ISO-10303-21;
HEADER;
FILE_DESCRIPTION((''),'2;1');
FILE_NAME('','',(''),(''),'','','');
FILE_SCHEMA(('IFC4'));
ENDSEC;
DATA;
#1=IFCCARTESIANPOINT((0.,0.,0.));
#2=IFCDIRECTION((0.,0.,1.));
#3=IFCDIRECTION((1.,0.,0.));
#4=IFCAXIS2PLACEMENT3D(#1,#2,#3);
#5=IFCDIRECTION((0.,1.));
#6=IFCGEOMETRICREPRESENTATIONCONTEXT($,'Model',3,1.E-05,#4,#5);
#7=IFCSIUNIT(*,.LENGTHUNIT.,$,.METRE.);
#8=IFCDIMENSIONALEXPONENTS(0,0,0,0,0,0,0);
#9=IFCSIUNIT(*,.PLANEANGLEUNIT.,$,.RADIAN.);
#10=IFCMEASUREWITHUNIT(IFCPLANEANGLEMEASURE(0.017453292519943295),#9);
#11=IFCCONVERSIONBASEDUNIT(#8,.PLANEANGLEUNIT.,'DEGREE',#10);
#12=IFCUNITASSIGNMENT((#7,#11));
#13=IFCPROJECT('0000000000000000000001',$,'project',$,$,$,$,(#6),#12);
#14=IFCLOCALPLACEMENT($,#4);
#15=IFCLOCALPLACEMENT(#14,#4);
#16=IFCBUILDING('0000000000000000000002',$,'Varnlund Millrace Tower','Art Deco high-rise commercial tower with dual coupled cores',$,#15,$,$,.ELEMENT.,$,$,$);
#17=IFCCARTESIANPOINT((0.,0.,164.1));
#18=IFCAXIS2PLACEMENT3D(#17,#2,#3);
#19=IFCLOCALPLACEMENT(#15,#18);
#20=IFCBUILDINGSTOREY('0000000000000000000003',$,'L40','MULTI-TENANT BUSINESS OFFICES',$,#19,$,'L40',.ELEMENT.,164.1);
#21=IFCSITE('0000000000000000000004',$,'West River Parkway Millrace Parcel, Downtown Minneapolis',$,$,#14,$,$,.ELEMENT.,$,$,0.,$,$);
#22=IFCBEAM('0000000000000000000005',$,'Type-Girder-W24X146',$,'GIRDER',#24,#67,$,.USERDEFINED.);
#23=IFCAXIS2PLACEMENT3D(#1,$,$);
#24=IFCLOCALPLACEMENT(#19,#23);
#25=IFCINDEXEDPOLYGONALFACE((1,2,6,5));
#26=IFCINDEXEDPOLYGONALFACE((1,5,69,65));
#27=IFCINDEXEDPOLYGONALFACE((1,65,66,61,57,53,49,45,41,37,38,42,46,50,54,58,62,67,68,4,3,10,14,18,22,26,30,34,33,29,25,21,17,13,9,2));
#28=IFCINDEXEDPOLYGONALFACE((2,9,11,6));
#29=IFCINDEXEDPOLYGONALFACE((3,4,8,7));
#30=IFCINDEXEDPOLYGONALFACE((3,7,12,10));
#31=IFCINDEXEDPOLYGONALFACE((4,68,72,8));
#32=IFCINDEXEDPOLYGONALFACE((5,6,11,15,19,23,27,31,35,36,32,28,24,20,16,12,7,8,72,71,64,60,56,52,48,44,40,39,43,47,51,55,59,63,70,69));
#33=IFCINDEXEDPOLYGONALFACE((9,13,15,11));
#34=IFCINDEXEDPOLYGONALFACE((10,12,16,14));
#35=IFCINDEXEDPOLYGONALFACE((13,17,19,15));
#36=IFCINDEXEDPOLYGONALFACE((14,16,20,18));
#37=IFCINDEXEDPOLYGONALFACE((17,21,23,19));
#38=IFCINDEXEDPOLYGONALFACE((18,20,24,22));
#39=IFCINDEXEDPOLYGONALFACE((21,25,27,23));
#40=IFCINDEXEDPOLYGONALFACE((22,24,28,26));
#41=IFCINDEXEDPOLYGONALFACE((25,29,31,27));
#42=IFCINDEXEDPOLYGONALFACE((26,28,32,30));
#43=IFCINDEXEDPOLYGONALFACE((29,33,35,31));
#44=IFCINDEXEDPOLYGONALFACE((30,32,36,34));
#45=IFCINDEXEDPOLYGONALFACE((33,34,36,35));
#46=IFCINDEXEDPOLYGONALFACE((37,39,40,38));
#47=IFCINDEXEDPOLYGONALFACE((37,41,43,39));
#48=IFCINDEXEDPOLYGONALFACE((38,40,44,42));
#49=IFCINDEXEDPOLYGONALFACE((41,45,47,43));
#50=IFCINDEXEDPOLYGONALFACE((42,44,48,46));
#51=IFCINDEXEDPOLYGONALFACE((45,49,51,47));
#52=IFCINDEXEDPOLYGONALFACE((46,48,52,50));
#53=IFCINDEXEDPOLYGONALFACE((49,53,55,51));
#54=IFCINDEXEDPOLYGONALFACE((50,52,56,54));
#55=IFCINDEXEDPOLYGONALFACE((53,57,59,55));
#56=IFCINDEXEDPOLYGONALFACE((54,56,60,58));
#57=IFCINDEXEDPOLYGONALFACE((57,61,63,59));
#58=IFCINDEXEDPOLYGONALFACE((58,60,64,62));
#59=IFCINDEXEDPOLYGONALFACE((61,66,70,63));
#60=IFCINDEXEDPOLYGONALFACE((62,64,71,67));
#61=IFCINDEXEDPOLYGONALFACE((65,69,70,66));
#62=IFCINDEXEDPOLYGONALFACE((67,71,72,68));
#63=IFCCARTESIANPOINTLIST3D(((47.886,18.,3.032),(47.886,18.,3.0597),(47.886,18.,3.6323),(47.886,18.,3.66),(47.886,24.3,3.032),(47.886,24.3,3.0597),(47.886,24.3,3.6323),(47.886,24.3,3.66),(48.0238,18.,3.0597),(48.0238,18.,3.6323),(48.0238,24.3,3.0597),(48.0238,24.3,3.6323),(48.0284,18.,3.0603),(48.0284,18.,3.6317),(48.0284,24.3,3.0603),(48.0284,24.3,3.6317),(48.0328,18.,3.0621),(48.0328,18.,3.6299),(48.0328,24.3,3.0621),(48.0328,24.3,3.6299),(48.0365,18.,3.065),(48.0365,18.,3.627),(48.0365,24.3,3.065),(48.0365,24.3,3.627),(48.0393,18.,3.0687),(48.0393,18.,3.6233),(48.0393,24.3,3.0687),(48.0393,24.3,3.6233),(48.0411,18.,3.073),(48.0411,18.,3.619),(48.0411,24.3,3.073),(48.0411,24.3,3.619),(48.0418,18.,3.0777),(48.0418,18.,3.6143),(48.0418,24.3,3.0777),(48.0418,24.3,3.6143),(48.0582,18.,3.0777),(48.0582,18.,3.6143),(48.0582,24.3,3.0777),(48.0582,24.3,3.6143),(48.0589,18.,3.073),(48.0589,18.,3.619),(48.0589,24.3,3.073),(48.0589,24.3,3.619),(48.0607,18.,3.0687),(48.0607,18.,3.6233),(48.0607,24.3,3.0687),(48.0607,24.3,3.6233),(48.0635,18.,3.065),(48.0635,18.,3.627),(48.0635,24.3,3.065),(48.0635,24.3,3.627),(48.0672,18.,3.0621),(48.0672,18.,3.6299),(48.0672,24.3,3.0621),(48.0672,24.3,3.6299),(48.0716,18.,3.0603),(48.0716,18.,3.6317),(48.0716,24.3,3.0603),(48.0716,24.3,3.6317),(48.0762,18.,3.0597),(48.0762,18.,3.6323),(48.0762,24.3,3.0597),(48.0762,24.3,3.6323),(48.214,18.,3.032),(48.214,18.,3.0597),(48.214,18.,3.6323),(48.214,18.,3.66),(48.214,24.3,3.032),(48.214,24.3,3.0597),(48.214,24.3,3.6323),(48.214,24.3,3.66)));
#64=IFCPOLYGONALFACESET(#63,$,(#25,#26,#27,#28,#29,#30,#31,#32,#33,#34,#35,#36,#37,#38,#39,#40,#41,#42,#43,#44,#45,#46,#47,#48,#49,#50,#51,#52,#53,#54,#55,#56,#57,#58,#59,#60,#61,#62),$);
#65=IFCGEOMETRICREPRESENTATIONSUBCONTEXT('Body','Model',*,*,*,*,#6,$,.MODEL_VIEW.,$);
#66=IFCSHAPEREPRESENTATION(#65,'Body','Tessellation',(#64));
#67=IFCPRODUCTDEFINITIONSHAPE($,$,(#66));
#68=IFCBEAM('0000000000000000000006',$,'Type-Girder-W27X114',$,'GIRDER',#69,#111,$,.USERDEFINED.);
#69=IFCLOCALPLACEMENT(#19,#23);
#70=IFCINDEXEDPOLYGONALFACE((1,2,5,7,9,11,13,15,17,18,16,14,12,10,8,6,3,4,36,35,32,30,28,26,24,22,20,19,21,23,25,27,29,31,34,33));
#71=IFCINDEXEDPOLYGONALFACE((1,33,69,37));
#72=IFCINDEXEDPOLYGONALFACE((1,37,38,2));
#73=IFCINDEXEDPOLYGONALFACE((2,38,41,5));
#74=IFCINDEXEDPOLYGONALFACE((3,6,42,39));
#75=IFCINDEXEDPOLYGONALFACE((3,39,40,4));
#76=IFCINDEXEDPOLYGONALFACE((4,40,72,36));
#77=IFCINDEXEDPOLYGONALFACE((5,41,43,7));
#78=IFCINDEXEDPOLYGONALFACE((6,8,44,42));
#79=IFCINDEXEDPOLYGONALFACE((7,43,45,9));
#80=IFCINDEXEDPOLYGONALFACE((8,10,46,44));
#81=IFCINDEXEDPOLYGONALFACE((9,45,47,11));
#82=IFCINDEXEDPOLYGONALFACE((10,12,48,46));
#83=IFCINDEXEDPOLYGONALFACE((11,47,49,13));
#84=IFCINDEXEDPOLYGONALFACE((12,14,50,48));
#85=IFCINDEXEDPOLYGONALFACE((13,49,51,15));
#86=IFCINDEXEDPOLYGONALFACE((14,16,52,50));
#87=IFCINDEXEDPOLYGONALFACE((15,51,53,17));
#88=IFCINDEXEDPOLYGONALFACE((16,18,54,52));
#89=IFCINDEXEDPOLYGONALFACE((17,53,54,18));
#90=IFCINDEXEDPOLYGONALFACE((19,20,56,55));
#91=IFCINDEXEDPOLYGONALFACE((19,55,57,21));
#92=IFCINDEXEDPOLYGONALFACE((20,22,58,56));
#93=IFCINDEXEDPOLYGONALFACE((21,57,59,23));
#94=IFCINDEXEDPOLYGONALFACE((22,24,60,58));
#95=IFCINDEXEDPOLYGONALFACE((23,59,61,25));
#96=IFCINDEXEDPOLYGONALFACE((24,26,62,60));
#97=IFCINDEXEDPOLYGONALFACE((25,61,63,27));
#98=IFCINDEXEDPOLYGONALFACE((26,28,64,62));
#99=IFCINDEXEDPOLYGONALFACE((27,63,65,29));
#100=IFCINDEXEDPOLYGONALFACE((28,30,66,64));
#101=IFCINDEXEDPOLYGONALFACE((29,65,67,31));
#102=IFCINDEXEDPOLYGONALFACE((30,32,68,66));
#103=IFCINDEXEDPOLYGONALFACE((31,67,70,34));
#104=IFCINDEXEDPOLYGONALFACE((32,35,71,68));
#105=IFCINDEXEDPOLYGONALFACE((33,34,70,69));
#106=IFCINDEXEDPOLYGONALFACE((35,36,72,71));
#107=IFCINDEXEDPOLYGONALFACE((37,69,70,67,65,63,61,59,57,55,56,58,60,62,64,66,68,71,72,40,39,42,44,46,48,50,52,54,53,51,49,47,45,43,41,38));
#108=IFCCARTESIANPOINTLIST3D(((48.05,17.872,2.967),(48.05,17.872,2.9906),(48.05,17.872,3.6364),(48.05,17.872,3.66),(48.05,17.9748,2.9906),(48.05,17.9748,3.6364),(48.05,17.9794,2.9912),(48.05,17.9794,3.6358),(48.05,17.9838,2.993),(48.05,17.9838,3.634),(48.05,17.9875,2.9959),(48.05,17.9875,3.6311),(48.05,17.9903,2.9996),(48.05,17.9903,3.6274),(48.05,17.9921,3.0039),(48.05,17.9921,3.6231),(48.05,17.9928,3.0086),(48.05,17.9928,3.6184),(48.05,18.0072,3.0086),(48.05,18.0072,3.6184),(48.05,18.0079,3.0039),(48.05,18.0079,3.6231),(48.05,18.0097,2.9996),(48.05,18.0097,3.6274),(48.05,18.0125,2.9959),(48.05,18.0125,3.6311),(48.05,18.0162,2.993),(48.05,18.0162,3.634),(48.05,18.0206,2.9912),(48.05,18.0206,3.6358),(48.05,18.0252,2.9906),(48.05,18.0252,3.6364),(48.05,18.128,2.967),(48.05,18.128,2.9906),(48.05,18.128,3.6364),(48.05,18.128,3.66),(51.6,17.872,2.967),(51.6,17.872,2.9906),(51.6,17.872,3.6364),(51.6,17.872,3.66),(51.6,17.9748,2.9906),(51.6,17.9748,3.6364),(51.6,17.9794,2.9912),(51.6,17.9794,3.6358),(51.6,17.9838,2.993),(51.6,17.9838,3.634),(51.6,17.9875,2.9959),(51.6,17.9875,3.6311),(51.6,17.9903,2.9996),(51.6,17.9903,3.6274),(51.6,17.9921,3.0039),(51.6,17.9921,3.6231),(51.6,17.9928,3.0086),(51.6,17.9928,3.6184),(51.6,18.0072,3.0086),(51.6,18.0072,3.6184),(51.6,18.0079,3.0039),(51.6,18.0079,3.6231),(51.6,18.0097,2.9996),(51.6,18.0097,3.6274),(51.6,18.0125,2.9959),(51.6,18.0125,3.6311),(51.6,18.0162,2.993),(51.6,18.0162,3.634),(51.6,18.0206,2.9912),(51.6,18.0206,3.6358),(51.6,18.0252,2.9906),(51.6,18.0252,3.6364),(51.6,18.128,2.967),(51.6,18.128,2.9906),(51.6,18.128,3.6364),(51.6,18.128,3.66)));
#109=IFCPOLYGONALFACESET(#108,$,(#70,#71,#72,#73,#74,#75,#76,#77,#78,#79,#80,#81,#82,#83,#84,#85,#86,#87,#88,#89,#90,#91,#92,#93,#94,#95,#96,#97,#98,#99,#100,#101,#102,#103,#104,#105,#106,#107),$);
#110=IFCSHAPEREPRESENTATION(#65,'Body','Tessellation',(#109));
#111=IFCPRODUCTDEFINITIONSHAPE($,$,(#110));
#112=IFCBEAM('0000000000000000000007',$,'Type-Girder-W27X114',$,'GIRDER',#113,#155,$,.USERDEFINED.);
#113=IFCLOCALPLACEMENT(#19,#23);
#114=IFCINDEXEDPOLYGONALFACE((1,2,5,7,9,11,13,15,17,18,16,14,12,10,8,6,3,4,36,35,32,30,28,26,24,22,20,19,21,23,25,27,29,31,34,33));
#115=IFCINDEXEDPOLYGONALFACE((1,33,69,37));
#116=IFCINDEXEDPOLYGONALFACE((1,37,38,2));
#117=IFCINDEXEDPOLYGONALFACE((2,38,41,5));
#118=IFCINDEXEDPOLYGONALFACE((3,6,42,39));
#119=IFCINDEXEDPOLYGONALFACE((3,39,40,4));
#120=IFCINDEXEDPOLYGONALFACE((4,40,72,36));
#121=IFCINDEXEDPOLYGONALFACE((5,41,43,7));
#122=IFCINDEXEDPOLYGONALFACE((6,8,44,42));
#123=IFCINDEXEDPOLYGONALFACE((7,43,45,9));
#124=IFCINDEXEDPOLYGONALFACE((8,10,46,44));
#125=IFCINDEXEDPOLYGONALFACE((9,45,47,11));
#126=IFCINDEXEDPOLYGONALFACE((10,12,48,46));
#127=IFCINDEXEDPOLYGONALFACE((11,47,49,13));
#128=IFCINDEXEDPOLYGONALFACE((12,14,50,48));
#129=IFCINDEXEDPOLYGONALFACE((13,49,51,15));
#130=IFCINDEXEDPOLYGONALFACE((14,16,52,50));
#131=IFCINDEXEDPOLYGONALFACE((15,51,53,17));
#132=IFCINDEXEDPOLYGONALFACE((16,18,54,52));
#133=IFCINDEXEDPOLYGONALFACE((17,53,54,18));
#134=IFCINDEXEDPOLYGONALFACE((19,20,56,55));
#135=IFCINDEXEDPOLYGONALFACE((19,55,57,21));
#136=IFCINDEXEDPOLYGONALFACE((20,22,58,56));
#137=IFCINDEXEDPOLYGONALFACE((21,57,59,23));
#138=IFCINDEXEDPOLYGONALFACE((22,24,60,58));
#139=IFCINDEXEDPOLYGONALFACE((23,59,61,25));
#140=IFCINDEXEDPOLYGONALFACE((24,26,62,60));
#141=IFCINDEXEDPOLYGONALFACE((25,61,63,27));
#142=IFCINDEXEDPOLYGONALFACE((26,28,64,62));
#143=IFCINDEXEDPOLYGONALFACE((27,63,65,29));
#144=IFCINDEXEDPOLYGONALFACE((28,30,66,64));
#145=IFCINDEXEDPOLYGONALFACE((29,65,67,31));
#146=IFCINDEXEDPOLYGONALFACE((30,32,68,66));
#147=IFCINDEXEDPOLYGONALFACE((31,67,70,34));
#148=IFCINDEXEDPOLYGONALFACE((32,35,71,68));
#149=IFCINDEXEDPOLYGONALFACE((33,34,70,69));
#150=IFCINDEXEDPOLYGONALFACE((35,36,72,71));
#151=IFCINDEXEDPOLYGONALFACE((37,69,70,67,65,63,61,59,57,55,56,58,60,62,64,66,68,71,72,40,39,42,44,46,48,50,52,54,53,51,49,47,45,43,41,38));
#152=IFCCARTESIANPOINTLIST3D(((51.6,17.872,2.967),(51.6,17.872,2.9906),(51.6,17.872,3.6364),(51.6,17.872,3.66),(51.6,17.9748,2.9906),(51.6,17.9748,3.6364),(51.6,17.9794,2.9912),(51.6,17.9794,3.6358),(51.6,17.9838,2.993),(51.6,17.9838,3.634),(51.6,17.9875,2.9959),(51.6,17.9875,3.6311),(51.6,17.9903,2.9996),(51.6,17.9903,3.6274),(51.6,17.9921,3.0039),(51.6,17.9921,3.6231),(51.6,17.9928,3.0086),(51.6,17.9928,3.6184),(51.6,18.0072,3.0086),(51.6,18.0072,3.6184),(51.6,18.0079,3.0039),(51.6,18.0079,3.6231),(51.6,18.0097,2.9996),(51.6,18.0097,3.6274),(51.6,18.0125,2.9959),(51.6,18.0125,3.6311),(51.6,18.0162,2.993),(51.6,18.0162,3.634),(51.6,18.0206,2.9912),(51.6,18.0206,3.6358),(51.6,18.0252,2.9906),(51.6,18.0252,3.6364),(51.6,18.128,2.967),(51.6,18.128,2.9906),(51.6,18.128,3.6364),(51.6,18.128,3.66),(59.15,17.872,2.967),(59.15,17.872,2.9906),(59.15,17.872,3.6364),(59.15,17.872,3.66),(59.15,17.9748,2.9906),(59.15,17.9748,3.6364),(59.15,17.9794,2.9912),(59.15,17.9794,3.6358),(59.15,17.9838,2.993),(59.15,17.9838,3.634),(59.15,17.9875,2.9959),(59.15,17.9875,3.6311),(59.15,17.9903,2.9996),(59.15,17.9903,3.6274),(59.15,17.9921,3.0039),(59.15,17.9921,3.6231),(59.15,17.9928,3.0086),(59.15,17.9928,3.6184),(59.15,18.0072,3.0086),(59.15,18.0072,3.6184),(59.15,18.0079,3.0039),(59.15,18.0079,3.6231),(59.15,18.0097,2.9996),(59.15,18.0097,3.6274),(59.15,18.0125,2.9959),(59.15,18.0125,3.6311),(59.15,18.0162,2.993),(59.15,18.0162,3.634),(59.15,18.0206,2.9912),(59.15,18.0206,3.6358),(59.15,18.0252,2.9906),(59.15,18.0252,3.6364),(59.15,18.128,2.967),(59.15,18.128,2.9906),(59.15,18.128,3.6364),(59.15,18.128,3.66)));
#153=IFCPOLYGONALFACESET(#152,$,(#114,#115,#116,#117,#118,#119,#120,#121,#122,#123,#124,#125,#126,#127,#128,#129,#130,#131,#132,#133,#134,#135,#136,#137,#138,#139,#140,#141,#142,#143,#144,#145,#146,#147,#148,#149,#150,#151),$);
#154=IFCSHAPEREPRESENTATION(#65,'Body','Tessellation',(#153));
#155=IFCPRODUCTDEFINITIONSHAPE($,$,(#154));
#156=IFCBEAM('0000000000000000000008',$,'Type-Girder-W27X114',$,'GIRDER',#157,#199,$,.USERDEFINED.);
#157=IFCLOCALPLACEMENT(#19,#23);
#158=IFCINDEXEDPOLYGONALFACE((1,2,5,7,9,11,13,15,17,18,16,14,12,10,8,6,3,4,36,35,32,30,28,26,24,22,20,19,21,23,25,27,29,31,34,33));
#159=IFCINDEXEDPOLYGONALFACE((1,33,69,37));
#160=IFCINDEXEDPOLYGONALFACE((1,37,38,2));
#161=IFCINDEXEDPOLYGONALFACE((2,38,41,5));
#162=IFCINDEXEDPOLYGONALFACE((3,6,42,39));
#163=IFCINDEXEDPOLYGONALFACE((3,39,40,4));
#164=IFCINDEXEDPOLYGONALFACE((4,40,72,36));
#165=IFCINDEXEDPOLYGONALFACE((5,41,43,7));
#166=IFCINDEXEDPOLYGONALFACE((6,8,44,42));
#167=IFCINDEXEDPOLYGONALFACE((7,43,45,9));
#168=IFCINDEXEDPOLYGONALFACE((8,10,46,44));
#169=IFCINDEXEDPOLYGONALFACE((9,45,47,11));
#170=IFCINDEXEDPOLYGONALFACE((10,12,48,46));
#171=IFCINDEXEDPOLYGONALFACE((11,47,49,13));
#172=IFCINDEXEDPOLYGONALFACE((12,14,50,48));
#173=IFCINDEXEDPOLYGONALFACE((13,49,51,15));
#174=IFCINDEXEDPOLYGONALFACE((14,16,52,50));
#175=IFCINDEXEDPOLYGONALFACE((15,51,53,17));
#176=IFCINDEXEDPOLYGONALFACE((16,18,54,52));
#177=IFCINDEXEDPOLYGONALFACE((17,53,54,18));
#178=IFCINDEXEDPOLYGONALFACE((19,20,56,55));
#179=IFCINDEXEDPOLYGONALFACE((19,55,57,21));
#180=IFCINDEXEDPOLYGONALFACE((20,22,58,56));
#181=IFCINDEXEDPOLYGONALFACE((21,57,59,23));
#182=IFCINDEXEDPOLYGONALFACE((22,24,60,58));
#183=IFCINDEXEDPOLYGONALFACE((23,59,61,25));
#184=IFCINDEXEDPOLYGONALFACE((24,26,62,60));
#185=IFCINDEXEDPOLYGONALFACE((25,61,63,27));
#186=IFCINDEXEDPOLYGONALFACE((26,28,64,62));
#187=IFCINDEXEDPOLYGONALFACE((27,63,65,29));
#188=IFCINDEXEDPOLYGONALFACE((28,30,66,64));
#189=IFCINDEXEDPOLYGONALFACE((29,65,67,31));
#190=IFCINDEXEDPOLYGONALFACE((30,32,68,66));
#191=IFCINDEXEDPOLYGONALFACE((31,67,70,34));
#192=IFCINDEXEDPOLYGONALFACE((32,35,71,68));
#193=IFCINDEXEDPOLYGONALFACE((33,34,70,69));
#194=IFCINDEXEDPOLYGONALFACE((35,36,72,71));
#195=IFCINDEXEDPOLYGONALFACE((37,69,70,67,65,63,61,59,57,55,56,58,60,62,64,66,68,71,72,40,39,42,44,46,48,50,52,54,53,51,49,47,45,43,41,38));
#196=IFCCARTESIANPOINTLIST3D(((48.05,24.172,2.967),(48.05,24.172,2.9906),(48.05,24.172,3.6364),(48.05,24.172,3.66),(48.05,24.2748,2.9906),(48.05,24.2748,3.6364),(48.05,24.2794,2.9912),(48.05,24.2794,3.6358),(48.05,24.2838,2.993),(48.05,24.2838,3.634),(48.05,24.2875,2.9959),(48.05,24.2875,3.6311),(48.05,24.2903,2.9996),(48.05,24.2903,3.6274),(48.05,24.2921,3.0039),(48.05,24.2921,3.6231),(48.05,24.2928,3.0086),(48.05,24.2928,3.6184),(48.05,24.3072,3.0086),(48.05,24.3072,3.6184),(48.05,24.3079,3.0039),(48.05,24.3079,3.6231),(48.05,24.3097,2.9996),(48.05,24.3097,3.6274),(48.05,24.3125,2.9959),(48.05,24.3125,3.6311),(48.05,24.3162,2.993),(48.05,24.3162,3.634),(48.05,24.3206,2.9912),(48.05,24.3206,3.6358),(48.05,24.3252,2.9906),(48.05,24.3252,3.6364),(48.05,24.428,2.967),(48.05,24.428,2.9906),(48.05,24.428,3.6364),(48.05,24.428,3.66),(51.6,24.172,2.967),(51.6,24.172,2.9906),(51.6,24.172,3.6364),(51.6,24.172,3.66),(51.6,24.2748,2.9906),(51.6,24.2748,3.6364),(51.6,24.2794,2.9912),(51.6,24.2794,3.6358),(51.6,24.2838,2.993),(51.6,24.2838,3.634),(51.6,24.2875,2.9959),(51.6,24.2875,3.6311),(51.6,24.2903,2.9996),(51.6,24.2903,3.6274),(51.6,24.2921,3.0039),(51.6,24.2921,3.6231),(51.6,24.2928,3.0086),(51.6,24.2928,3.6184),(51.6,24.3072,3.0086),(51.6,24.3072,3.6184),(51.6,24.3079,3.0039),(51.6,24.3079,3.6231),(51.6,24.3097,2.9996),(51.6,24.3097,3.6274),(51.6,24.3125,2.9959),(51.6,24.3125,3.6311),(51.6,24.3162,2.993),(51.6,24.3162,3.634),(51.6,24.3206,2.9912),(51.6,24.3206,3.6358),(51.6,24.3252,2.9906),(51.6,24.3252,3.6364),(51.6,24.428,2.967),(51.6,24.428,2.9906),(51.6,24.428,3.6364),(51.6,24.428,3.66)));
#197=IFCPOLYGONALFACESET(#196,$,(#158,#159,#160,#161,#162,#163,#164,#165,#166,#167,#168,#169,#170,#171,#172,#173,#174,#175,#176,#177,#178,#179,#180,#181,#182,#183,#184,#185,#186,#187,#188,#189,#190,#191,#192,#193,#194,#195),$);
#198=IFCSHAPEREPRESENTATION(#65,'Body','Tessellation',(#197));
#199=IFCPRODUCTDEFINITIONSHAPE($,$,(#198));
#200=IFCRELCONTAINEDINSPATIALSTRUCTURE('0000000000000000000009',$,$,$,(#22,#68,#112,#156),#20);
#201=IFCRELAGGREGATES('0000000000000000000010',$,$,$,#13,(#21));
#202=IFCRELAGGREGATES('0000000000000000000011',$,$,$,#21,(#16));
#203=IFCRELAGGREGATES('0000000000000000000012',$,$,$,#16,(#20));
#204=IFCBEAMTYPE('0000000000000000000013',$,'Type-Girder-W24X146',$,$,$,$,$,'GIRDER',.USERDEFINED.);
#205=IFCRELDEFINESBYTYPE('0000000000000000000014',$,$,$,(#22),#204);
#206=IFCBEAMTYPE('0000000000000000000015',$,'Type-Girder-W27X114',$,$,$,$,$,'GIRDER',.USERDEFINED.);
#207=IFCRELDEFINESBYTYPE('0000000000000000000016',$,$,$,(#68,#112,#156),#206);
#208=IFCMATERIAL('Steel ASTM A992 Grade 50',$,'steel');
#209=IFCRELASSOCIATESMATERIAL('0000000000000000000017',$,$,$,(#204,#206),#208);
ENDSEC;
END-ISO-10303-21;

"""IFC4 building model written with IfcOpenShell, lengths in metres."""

from ifc_helpers import new_model, entity, si_unit, converted_unit, direction, frame, origin_with_axes, origin_2d_with_axis, place, context, subcontext, project, spatial, i_section, extrude, material, material_profile, profile_set, type_object, element, save


model = new_model("IFC4")

# Units and contexts
model_context = context("Model", 3, precision=1e-05, world=origin_with_axes(), true_north=direction((0.0, 1.0)))
body_context = subcontext(model_context, "Body", "Model", "MODEL_VIEW")
ifc_project = project(units=[si_unit("LENGTHUNIT", "METRE"), converted_unit("PLANEANGLEUNIT", "DEGREE", entity("IfcPlaneAngleMeasure", 0.017453292519943295), si_unit("PLANEANGLEUNIT", "RADIAN"), dimensions=[0, 0, 0, 0, 0, 0, 0])], contexts=[model_context])

# Site, building, storey
site_placement = place(None, origin_with_axes())
site = spatial("IfcSite", under=ifc_project, at=site_placement, Name="West River Parkway Millrace Parcel, Downtown Minneapolis", CompositionType="ELEMENT", RefElevation=0.0)
building_placement = place(site_placement, origin_with_axes())
building = spatial("IfcBuilding", under=site, at=building_placement, Name="Varnlund Millrace Tower", Description="Art Deco high-rise commercial tower with dual coupled cores", CompositionType="ELEMENT")
storey_placement = place(building_placement, frame((0.0, 0.0, 164.1), z_axis=(0.0, 0.0, 1.0), x_axis=(1.0, 0.0, 0.0)))
storey = spatial("IfcBuildingStorey", under=building, at=storey_placement, Name="L40", Description="MULTI-TENANT BUSINESS OFFICES", LongName="L40", CompositionType="ELEMENT", Elevation=164.1)

# Beams
ifc_material_1 = material(Name="Steel ASTM A992 Grade 50", Category="steel")
ifc_material_profile_1 = material_profile(ifc_material_1, i_section(OverallWidth=0.328, OverallDepth=0.628, WebThickness=0.0165, FlangeThickness=0.0277, FilletRadius=0.018, at=origin_2d_with_axis()), Name="Steel ASTM A992 Grade 50")
ifc_profile_set_1 = profile_set([ifc_material_profile_1], Name="Steel ASTM A992 Grade 50")
beam_type_1 = type_object("IfcBeamType", Name="Type-Girder-W24X146", ElementType="GIRDER", PredefinedType="USERDEFINED", material=ifc_profile_set_1)
beam_1_placement = place(storey_placement, frame((48.05, 18.0, 3.346), z_axis=(0.0, 1.0, 0.0), x_axis=(-1.0, 0.0, 0.0)))
element("IfcBeam", 1, at=beam_1_placement, inside=storey, type_object=beam_type_1, Name="Type-Girder-W24X146", ObjectType="GIRDER", PredefinedType="USERDEFINED", context=body_context, shape_type="SweptSolid", body=[
    extrude(i_section(OverallWidth=0.328, OverallDepth=0.628, WebThickness=0.0165, FlangeThickness=0.0277, FilletRadius=0.018, at=origin_2d_with_axis()), origin_with_axes(), (0.0, 0.0, 1.0), 6.3),
])
ifc_material_profile_2 = material_profile(ifc_material_1, i_section(OverallWidth=0.256, OverallDepth=0.693, WebThickness=0.0145, FlangeThickness=0.0236, FilletRadius=0.018, at=origin_2d_with_axis()), Name="Steel ASTM A992 Grade 50")
ifc_profile_set_2 = profile_set([ifc_material_profile_2], Name="Steel ASTM A992 Grade 50")
beam_type_2 = type_object("IfcBeamType", Name="Type-Girder-W27X114", ElementType="GIRDER", PredefinedType="USERDEFINED", material=ifc_profile_set_2)
beam_2_placement = place(storey_placement, frame((48.05, 18.0, 3.3135), z_axis=(1.0, 0.0, 0.0), x_axis=(0.0, 1.0, 0.0)))
element("IfcBeam", 2, at=beam_2_placement, inside=storey, type_object=beam_type_2, Name="Type-Girder-W27X114", ObjectType="GIRDER", PredefinedType="USERDEFINED", context=body_context, shape_type="SweptSolid", body=[
    extrude(i_section(OverallWidth=0.256, OverallDepth=0.693, WebThickness=0.0145, FlangeThickness=0.0236, FilletRadius=0.018, at=origin_2d_with_axis()), origin_with_axes(), (0.0, 0.0, 1.0), 3.55),
])
beam_3_placement = place(storey_placement, frame((51.6, 18.0, 3.3135), z_axis=(1.0, 0.0, 0.0), x_axis=(0.0, 1.0, 0.0)))
element("IfcBeam", 3, at=beam_3_placement, inside=storey, type_object=beam_type_2, Name="Type-Girder-W27X114", ObjectType="GIRDER", PredefinedType="USERDEFINED", context=body_context, shape_type="SweptSolid", body=[
    extrude(i_section(OverallWidth=0.256, OverallDepth=0.693, WebThickness=0.0145, FlangeThickness=0.0236, FilletRadius=0.018, at=origin_2d_with_axis()), origin_with_axes(), (0.0, 0.0, 1.0), 7.55),
])
beam_4_placement = place(storey_placement, frame((48.05, 24.3, 3.3135), z_axis=(1.0, 0.0, 0.0), x_axis=(0.0, 1.0, 0.0)))
element("IfcBeam", 4, at=beam_4_placement, inside=storey, type_object=beam_type_2, Name="Type-Girder-W27X114", ObjectType="GIRDER", PredefinedType="USERDEFINED", context=body_context, shape_type="SweptSolid", body=[
    extrude(i_section(OverallWidth=0.256, OverallDepth=0.693, WebThickness=0.0145, FlangeThickness=0.0236, FilletRadius=0.018, at=origin_2d_with_axis()), origin_with_axes(), (0.0, 0.0, 1.0), 3.55),
])

save(model, "model.ifc")
